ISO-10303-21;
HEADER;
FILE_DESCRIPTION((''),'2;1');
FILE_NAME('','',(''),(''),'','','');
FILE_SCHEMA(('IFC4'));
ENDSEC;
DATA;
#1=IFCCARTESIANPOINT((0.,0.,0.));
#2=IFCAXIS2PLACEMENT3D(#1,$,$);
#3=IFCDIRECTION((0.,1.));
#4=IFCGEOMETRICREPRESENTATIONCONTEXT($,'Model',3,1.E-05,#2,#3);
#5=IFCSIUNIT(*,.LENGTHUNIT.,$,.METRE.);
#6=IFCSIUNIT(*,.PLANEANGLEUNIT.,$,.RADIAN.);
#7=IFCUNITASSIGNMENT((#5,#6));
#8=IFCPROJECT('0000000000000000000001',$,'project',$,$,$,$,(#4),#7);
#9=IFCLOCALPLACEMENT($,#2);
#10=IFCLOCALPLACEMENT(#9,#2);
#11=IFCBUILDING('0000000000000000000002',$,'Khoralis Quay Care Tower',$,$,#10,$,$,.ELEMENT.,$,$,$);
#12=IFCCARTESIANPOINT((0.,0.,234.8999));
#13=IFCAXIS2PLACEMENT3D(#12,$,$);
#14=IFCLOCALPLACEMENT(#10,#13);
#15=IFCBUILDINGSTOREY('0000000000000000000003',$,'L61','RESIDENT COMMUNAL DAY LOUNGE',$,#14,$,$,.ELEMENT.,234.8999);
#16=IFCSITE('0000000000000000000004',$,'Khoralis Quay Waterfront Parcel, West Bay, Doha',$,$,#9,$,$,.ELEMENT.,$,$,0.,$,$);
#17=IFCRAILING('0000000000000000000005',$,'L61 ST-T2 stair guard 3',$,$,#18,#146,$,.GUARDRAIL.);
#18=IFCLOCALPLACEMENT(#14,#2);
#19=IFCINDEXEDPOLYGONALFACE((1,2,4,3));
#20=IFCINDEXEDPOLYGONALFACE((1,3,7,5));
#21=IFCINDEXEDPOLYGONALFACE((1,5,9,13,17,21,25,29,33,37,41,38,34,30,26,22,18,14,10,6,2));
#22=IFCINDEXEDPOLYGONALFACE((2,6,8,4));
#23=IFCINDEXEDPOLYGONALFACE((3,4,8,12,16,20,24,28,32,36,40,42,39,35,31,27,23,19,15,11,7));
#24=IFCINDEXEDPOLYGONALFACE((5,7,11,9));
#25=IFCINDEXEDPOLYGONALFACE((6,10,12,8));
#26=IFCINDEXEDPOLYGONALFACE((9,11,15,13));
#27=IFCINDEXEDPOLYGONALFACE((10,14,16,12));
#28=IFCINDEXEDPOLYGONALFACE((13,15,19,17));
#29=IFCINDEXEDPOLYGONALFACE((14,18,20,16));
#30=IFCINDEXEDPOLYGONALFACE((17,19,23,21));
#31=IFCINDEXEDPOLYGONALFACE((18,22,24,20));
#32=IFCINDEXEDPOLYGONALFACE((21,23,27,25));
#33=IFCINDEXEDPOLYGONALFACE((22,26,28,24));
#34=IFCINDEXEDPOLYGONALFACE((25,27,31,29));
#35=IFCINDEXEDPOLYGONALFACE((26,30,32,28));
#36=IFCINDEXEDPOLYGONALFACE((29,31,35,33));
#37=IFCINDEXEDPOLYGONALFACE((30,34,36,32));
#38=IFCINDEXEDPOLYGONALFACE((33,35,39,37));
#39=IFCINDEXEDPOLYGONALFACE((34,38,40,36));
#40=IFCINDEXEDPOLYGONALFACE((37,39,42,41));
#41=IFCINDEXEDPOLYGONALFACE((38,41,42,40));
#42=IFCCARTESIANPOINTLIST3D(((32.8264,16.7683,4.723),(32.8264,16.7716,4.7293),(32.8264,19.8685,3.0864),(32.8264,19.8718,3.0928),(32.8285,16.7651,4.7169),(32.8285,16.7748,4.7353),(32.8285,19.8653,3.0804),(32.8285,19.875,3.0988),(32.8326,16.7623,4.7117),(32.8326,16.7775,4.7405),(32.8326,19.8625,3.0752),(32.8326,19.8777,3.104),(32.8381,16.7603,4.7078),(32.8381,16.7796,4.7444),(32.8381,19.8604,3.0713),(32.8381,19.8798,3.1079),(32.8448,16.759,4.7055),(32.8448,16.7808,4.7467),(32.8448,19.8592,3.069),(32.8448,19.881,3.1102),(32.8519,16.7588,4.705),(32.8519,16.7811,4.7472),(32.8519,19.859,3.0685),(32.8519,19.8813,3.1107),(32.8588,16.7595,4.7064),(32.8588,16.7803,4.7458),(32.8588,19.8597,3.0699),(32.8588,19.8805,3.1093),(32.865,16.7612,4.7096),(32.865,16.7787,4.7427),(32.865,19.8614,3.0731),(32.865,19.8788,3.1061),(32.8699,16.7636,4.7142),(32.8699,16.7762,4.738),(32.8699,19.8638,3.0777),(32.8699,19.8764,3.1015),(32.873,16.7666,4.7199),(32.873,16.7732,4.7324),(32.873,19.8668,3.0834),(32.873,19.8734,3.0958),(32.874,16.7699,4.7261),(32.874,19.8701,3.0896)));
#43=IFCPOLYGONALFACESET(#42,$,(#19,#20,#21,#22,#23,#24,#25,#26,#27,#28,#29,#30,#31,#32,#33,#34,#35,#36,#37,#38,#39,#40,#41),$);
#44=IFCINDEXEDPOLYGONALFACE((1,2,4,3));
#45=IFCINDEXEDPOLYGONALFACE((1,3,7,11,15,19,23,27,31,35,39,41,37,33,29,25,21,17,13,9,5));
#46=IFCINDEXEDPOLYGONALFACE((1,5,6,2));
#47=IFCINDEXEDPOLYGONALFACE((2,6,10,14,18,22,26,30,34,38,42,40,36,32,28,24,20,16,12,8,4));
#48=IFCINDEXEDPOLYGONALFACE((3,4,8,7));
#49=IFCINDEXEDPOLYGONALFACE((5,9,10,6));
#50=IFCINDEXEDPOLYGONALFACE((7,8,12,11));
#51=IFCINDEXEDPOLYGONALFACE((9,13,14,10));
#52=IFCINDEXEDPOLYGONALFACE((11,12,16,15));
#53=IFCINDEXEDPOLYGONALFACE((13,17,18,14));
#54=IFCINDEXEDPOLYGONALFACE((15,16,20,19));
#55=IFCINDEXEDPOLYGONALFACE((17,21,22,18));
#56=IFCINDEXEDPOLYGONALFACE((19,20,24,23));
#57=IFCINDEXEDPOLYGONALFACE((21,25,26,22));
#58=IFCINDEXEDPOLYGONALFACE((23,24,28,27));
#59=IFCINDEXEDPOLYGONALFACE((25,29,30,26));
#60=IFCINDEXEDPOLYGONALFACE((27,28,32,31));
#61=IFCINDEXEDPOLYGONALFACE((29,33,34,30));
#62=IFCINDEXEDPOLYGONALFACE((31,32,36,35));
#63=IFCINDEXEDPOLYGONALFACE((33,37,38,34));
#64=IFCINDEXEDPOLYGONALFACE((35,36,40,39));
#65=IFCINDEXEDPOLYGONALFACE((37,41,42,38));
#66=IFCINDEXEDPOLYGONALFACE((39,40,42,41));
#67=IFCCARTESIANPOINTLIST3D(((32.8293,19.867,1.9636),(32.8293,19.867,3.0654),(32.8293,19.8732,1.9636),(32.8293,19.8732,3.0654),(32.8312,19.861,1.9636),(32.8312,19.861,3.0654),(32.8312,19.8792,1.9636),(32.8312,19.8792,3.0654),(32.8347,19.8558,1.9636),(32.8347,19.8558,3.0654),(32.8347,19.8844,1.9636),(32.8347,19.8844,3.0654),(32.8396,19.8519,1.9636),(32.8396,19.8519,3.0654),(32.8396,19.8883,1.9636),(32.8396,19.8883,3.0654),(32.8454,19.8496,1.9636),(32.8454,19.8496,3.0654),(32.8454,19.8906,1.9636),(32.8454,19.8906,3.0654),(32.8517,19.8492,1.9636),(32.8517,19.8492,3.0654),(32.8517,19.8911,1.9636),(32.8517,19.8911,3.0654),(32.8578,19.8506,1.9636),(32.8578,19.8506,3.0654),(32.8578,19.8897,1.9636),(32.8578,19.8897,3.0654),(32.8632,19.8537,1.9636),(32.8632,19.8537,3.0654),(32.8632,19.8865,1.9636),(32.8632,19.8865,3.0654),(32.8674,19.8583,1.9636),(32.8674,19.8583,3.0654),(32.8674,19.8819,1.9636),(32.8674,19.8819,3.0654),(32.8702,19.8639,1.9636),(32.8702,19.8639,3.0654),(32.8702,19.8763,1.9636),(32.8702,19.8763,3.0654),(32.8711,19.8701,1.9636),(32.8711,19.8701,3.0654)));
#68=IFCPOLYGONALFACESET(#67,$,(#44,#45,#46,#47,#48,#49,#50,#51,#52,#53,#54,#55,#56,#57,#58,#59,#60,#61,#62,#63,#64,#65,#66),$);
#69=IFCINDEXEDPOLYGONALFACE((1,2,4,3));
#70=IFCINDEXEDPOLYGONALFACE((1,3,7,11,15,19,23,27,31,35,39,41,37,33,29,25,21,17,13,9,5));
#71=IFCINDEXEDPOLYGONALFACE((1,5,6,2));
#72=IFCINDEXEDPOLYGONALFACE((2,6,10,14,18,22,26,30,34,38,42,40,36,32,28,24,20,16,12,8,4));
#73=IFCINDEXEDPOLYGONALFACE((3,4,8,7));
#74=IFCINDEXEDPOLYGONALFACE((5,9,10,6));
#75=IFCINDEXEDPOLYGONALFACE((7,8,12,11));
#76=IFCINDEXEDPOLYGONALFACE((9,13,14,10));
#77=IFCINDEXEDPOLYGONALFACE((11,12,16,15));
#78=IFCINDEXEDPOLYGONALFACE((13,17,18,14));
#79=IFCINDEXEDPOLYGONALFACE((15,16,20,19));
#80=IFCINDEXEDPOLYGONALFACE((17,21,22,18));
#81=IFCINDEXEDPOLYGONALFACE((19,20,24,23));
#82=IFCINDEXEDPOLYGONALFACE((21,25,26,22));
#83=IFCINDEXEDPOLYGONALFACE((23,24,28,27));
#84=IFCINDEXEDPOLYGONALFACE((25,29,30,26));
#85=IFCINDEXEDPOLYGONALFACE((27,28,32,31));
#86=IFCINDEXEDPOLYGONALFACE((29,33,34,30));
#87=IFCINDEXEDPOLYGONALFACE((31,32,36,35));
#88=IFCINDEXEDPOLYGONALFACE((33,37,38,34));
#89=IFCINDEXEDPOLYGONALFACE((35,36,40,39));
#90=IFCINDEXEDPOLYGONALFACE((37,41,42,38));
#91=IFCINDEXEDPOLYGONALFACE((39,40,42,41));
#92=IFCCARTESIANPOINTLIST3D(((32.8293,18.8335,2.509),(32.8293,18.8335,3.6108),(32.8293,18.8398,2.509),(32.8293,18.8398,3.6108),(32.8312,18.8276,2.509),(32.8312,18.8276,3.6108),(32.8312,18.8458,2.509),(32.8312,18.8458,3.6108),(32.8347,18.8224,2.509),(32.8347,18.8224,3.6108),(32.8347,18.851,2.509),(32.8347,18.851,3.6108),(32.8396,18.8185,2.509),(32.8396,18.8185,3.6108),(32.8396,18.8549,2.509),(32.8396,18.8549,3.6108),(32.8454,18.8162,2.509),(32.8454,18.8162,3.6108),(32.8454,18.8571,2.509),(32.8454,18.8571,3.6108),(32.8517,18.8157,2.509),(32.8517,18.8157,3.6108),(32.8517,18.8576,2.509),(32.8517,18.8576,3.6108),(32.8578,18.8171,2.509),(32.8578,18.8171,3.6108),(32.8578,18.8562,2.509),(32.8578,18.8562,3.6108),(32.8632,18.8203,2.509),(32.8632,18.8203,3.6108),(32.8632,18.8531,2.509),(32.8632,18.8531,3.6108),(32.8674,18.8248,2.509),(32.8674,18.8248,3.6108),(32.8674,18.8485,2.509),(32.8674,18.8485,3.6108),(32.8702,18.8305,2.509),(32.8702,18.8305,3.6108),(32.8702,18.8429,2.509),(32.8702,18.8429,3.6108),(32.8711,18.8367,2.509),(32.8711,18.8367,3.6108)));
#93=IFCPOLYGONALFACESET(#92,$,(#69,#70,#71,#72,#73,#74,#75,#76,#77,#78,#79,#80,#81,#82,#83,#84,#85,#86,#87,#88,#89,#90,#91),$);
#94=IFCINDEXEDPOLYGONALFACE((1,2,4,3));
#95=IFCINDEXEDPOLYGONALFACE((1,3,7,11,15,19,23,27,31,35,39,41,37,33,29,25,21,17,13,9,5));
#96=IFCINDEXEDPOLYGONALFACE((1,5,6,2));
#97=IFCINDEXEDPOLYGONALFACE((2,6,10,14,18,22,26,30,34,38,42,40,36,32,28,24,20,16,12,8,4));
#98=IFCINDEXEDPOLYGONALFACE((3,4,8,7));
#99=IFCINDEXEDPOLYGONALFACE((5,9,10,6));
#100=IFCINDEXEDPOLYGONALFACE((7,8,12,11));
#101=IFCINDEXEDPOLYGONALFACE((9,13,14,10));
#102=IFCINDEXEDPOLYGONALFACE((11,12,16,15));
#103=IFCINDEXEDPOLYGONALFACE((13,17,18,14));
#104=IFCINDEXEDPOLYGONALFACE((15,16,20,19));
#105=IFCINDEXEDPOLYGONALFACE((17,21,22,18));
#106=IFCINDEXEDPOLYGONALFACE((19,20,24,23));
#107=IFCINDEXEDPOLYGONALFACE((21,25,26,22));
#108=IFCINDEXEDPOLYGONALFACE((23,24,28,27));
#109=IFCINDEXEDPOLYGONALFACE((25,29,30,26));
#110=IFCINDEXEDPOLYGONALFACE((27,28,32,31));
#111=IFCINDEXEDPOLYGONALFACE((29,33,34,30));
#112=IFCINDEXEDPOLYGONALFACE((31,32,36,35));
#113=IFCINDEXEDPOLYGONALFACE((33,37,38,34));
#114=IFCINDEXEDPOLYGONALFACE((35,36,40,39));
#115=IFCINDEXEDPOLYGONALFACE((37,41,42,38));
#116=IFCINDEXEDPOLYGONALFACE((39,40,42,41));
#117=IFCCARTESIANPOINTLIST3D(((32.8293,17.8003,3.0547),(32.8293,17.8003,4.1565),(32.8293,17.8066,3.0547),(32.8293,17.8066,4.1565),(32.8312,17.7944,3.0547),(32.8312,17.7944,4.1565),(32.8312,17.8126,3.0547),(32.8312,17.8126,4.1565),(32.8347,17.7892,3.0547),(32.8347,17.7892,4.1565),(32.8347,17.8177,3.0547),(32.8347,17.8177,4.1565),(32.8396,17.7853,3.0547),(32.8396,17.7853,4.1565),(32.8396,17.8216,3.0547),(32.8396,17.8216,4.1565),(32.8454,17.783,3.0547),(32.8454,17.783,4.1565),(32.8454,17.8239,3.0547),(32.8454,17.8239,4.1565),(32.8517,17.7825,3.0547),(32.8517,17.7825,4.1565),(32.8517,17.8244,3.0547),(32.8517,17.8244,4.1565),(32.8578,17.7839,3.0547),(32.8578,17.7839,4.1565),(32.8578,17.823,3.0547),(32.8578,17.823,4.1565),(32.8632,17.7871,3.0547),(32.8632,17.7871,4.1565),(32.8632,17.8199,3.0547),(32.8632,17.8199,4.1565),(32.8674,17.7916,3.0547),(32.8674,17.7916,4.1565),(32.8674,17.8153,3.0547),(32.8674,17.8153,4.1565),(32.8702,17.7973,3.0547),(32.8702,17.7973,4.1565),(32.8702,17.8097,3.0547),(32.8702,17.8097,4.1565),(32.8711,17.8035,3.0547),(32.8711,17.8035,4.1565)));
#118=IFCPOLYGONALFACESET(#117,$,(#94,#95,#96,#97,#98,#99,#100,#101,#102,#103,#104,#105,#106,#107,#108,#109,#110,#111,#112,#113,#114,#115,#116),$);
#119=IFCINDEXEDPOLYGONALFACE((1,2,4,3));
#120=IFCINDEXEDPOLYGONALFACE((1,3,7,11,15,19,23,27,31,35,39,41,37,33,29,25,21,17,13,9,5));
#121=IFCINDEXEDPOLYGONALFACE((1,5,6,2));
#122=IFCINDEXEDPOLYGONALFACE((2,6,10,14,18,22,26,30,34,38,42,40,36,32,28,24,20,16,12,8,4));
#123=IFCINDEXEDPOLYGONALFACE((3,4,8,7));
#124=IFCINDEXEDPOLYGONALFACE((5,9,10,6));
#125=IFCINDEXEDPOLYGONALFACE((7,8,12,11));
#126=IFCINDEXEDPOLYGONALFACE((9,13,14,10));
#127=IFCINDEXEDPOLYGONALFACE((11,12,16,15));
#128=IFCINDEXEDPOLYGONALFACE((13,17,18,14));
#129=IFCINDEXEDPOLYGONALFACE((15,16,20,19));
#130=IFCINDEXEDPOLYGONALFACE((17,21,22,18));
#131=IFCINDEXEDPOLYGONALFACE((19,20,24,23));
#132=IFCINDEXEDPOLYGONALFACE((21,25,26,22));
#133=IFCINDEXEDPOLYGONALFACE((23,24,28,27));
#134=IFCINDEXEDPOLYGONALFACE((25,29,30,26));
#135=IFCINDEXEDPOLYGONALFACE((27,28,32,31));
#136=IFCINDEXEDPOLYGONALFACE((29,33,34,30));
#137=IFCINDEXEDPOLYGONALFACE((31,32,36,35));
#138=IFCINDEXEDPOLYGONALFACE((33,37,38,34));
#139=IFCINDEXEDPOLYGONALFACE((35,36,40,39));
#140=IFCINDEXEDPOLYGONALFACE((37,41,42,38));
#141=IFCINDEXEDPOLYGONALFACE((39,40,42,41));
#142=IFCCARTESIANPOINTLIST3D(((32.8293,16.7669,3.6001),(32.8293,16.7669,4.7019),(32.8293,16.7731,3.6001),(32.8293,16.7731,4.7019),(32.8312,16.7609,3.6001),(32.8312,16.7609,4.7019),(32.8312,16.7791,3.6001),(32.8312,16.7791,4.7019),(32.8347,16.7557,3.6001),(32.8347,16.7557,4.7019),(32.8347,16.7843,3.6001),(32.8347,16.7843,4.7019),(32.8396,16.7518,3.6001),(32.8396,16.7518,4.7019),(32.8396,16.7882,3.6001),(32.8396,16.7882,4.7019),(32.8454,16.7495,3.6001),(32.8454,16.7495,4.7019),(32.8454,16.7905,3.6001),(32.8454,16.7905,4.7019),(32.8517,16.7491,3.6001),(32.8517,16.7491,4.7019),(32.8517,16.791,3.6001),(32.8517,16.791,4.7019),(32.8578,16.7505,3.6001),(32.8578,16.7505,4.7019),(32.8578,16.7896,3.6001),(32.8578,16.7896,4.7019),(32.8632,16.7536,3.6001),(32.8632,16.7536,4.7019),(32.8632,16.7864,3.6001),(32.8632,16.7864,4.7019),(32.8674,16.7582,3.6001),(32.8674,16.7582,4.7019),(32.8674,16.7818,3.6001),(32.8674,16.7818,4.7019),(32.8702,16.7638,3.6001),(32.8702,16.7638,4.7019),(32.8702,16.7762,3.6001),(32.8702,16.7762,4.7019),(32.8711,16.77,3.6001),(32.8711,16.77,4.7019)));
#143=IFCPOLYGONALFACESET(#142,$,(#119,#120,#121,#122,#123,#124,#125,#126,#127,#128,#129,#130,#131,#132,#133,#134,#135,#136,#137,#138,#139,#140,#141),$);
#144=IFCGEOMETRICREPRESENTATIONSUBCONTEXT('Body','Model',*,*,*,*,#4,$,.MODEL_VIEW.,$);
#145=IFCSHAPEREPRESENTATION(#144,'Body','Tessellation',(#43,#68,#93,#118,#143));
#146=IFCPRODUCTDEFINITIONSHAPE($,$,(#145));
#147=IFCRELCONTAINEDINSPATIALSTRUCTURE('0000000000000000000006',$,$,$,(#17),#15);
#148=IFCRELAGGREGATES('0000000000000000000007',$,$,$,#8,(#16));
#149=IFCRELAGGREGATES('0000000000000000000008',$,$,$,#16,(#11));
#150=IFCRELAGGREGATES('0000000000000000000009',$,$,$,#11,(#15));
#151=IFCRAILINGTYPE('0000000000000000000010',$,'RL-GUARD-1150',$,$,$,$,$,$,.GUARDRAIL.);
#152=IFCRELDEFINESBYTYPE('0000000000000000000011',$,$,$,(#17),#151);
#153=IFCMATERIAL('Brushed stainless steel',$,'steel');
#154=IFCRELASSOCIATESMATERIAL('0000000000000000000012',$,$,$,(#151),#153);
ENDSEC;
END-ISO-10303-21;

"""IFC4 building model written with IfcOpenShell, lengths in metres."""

from ifc_helpers import new_model, si_unit, direction, frame, origin, origin_2d, place, context, subcontext, project, spatial, circle, extrude, material, type_object, element, save


model = new_model("IFC4")

# Units and contexts
model_context = context("Model", 3, precision=1e-05, world=origin(), true_north=direction((0.0, 1.0)))
body_context = subcontext(model_context, "Body", "Model", "MODEL_VIEW")
ifc_project = project(units=[si_unit("LENGTHUNIT", "METRE"), si_unit("PLANEANGLEUNIT", "RADIAN")], contexts=[model_context])

# Site, building, storey
site_placement = place(None, origin())
site = spatial("IfcSite", under=ifc_project, at=site_placement, Name="Khoralis Quay Waterfront Parcel, West Bay, Doha", CompositionType="ELEMENT", RefElevation=0.0)
building_placement = place(site_placement, origin())
building = spatial("IfcBuilding", under=site, at=building_placement, Name="Khoralis Quay Care Tower", CompositionType="ELEMENT")
storey_placement = place(building_placement, frame((0.0, 0.0, 234.8999)))
storey = spatial("IfcBuildingStorey", under=building, at=storey_placement, Name="L61", Description="RESIDENT COMMUNAL DAY LOUNGE", CompositionType="ELEMENT", Elevation=234.8999)

# Railing
ifc_material_1 = material(Name="Brushed stainless steel", Category="steel")
railing_type_1 = type_object("IfcRailingType", Name="RL-GUARD-1150", PredefinedType="GUARDRAIL", material=ifc_material_1)
railing_1_placement = place(storey_placement, frame((32.8501, 19.8701, 1.9636)))
element("IfcRailing", 1, at=railing_1_placement, inside=storey, type_object=railing_type_1, Name="L61 ST-T2 stair guard 3", PredefinedType="GUARDRAIL", context=body_context, shape_type="SweptSolid", body=[
    extrude(circle(Radius=0.0239, at=origin_2d()), frame((0.0, 0.0, 1.126), z_axis=(0.0, -0.884348, 0.466828), x_axis=(1.0, 0.0, 0.0)), (0.0, 0.0, 1.0), 3.5056),
    extrude(circle(Radius=0.021, at=origin_2d()), origin(), (0.0, 0.0, 1.0), 1.1018),
    extrude(circle(Radius=0.021, at=origin_2d()), frame((0.0, -1.0334, 0.5454)), (0.0, 0.0, 1.0), 1.1018),
    extrude(circle(Radius=0.021, at=origin_2d()), frame((0.0, -2.0667, 1.0911)), (0.0, 0.0, 1.0), 1.1018),
    extrude(circle(Radius=0.021, at=origin_2d()), frame((0.0, -3.1001, 1.6365)), (0.0, 0.0, 1.0), 1.1018),
])

save(model, "model.ifc")
